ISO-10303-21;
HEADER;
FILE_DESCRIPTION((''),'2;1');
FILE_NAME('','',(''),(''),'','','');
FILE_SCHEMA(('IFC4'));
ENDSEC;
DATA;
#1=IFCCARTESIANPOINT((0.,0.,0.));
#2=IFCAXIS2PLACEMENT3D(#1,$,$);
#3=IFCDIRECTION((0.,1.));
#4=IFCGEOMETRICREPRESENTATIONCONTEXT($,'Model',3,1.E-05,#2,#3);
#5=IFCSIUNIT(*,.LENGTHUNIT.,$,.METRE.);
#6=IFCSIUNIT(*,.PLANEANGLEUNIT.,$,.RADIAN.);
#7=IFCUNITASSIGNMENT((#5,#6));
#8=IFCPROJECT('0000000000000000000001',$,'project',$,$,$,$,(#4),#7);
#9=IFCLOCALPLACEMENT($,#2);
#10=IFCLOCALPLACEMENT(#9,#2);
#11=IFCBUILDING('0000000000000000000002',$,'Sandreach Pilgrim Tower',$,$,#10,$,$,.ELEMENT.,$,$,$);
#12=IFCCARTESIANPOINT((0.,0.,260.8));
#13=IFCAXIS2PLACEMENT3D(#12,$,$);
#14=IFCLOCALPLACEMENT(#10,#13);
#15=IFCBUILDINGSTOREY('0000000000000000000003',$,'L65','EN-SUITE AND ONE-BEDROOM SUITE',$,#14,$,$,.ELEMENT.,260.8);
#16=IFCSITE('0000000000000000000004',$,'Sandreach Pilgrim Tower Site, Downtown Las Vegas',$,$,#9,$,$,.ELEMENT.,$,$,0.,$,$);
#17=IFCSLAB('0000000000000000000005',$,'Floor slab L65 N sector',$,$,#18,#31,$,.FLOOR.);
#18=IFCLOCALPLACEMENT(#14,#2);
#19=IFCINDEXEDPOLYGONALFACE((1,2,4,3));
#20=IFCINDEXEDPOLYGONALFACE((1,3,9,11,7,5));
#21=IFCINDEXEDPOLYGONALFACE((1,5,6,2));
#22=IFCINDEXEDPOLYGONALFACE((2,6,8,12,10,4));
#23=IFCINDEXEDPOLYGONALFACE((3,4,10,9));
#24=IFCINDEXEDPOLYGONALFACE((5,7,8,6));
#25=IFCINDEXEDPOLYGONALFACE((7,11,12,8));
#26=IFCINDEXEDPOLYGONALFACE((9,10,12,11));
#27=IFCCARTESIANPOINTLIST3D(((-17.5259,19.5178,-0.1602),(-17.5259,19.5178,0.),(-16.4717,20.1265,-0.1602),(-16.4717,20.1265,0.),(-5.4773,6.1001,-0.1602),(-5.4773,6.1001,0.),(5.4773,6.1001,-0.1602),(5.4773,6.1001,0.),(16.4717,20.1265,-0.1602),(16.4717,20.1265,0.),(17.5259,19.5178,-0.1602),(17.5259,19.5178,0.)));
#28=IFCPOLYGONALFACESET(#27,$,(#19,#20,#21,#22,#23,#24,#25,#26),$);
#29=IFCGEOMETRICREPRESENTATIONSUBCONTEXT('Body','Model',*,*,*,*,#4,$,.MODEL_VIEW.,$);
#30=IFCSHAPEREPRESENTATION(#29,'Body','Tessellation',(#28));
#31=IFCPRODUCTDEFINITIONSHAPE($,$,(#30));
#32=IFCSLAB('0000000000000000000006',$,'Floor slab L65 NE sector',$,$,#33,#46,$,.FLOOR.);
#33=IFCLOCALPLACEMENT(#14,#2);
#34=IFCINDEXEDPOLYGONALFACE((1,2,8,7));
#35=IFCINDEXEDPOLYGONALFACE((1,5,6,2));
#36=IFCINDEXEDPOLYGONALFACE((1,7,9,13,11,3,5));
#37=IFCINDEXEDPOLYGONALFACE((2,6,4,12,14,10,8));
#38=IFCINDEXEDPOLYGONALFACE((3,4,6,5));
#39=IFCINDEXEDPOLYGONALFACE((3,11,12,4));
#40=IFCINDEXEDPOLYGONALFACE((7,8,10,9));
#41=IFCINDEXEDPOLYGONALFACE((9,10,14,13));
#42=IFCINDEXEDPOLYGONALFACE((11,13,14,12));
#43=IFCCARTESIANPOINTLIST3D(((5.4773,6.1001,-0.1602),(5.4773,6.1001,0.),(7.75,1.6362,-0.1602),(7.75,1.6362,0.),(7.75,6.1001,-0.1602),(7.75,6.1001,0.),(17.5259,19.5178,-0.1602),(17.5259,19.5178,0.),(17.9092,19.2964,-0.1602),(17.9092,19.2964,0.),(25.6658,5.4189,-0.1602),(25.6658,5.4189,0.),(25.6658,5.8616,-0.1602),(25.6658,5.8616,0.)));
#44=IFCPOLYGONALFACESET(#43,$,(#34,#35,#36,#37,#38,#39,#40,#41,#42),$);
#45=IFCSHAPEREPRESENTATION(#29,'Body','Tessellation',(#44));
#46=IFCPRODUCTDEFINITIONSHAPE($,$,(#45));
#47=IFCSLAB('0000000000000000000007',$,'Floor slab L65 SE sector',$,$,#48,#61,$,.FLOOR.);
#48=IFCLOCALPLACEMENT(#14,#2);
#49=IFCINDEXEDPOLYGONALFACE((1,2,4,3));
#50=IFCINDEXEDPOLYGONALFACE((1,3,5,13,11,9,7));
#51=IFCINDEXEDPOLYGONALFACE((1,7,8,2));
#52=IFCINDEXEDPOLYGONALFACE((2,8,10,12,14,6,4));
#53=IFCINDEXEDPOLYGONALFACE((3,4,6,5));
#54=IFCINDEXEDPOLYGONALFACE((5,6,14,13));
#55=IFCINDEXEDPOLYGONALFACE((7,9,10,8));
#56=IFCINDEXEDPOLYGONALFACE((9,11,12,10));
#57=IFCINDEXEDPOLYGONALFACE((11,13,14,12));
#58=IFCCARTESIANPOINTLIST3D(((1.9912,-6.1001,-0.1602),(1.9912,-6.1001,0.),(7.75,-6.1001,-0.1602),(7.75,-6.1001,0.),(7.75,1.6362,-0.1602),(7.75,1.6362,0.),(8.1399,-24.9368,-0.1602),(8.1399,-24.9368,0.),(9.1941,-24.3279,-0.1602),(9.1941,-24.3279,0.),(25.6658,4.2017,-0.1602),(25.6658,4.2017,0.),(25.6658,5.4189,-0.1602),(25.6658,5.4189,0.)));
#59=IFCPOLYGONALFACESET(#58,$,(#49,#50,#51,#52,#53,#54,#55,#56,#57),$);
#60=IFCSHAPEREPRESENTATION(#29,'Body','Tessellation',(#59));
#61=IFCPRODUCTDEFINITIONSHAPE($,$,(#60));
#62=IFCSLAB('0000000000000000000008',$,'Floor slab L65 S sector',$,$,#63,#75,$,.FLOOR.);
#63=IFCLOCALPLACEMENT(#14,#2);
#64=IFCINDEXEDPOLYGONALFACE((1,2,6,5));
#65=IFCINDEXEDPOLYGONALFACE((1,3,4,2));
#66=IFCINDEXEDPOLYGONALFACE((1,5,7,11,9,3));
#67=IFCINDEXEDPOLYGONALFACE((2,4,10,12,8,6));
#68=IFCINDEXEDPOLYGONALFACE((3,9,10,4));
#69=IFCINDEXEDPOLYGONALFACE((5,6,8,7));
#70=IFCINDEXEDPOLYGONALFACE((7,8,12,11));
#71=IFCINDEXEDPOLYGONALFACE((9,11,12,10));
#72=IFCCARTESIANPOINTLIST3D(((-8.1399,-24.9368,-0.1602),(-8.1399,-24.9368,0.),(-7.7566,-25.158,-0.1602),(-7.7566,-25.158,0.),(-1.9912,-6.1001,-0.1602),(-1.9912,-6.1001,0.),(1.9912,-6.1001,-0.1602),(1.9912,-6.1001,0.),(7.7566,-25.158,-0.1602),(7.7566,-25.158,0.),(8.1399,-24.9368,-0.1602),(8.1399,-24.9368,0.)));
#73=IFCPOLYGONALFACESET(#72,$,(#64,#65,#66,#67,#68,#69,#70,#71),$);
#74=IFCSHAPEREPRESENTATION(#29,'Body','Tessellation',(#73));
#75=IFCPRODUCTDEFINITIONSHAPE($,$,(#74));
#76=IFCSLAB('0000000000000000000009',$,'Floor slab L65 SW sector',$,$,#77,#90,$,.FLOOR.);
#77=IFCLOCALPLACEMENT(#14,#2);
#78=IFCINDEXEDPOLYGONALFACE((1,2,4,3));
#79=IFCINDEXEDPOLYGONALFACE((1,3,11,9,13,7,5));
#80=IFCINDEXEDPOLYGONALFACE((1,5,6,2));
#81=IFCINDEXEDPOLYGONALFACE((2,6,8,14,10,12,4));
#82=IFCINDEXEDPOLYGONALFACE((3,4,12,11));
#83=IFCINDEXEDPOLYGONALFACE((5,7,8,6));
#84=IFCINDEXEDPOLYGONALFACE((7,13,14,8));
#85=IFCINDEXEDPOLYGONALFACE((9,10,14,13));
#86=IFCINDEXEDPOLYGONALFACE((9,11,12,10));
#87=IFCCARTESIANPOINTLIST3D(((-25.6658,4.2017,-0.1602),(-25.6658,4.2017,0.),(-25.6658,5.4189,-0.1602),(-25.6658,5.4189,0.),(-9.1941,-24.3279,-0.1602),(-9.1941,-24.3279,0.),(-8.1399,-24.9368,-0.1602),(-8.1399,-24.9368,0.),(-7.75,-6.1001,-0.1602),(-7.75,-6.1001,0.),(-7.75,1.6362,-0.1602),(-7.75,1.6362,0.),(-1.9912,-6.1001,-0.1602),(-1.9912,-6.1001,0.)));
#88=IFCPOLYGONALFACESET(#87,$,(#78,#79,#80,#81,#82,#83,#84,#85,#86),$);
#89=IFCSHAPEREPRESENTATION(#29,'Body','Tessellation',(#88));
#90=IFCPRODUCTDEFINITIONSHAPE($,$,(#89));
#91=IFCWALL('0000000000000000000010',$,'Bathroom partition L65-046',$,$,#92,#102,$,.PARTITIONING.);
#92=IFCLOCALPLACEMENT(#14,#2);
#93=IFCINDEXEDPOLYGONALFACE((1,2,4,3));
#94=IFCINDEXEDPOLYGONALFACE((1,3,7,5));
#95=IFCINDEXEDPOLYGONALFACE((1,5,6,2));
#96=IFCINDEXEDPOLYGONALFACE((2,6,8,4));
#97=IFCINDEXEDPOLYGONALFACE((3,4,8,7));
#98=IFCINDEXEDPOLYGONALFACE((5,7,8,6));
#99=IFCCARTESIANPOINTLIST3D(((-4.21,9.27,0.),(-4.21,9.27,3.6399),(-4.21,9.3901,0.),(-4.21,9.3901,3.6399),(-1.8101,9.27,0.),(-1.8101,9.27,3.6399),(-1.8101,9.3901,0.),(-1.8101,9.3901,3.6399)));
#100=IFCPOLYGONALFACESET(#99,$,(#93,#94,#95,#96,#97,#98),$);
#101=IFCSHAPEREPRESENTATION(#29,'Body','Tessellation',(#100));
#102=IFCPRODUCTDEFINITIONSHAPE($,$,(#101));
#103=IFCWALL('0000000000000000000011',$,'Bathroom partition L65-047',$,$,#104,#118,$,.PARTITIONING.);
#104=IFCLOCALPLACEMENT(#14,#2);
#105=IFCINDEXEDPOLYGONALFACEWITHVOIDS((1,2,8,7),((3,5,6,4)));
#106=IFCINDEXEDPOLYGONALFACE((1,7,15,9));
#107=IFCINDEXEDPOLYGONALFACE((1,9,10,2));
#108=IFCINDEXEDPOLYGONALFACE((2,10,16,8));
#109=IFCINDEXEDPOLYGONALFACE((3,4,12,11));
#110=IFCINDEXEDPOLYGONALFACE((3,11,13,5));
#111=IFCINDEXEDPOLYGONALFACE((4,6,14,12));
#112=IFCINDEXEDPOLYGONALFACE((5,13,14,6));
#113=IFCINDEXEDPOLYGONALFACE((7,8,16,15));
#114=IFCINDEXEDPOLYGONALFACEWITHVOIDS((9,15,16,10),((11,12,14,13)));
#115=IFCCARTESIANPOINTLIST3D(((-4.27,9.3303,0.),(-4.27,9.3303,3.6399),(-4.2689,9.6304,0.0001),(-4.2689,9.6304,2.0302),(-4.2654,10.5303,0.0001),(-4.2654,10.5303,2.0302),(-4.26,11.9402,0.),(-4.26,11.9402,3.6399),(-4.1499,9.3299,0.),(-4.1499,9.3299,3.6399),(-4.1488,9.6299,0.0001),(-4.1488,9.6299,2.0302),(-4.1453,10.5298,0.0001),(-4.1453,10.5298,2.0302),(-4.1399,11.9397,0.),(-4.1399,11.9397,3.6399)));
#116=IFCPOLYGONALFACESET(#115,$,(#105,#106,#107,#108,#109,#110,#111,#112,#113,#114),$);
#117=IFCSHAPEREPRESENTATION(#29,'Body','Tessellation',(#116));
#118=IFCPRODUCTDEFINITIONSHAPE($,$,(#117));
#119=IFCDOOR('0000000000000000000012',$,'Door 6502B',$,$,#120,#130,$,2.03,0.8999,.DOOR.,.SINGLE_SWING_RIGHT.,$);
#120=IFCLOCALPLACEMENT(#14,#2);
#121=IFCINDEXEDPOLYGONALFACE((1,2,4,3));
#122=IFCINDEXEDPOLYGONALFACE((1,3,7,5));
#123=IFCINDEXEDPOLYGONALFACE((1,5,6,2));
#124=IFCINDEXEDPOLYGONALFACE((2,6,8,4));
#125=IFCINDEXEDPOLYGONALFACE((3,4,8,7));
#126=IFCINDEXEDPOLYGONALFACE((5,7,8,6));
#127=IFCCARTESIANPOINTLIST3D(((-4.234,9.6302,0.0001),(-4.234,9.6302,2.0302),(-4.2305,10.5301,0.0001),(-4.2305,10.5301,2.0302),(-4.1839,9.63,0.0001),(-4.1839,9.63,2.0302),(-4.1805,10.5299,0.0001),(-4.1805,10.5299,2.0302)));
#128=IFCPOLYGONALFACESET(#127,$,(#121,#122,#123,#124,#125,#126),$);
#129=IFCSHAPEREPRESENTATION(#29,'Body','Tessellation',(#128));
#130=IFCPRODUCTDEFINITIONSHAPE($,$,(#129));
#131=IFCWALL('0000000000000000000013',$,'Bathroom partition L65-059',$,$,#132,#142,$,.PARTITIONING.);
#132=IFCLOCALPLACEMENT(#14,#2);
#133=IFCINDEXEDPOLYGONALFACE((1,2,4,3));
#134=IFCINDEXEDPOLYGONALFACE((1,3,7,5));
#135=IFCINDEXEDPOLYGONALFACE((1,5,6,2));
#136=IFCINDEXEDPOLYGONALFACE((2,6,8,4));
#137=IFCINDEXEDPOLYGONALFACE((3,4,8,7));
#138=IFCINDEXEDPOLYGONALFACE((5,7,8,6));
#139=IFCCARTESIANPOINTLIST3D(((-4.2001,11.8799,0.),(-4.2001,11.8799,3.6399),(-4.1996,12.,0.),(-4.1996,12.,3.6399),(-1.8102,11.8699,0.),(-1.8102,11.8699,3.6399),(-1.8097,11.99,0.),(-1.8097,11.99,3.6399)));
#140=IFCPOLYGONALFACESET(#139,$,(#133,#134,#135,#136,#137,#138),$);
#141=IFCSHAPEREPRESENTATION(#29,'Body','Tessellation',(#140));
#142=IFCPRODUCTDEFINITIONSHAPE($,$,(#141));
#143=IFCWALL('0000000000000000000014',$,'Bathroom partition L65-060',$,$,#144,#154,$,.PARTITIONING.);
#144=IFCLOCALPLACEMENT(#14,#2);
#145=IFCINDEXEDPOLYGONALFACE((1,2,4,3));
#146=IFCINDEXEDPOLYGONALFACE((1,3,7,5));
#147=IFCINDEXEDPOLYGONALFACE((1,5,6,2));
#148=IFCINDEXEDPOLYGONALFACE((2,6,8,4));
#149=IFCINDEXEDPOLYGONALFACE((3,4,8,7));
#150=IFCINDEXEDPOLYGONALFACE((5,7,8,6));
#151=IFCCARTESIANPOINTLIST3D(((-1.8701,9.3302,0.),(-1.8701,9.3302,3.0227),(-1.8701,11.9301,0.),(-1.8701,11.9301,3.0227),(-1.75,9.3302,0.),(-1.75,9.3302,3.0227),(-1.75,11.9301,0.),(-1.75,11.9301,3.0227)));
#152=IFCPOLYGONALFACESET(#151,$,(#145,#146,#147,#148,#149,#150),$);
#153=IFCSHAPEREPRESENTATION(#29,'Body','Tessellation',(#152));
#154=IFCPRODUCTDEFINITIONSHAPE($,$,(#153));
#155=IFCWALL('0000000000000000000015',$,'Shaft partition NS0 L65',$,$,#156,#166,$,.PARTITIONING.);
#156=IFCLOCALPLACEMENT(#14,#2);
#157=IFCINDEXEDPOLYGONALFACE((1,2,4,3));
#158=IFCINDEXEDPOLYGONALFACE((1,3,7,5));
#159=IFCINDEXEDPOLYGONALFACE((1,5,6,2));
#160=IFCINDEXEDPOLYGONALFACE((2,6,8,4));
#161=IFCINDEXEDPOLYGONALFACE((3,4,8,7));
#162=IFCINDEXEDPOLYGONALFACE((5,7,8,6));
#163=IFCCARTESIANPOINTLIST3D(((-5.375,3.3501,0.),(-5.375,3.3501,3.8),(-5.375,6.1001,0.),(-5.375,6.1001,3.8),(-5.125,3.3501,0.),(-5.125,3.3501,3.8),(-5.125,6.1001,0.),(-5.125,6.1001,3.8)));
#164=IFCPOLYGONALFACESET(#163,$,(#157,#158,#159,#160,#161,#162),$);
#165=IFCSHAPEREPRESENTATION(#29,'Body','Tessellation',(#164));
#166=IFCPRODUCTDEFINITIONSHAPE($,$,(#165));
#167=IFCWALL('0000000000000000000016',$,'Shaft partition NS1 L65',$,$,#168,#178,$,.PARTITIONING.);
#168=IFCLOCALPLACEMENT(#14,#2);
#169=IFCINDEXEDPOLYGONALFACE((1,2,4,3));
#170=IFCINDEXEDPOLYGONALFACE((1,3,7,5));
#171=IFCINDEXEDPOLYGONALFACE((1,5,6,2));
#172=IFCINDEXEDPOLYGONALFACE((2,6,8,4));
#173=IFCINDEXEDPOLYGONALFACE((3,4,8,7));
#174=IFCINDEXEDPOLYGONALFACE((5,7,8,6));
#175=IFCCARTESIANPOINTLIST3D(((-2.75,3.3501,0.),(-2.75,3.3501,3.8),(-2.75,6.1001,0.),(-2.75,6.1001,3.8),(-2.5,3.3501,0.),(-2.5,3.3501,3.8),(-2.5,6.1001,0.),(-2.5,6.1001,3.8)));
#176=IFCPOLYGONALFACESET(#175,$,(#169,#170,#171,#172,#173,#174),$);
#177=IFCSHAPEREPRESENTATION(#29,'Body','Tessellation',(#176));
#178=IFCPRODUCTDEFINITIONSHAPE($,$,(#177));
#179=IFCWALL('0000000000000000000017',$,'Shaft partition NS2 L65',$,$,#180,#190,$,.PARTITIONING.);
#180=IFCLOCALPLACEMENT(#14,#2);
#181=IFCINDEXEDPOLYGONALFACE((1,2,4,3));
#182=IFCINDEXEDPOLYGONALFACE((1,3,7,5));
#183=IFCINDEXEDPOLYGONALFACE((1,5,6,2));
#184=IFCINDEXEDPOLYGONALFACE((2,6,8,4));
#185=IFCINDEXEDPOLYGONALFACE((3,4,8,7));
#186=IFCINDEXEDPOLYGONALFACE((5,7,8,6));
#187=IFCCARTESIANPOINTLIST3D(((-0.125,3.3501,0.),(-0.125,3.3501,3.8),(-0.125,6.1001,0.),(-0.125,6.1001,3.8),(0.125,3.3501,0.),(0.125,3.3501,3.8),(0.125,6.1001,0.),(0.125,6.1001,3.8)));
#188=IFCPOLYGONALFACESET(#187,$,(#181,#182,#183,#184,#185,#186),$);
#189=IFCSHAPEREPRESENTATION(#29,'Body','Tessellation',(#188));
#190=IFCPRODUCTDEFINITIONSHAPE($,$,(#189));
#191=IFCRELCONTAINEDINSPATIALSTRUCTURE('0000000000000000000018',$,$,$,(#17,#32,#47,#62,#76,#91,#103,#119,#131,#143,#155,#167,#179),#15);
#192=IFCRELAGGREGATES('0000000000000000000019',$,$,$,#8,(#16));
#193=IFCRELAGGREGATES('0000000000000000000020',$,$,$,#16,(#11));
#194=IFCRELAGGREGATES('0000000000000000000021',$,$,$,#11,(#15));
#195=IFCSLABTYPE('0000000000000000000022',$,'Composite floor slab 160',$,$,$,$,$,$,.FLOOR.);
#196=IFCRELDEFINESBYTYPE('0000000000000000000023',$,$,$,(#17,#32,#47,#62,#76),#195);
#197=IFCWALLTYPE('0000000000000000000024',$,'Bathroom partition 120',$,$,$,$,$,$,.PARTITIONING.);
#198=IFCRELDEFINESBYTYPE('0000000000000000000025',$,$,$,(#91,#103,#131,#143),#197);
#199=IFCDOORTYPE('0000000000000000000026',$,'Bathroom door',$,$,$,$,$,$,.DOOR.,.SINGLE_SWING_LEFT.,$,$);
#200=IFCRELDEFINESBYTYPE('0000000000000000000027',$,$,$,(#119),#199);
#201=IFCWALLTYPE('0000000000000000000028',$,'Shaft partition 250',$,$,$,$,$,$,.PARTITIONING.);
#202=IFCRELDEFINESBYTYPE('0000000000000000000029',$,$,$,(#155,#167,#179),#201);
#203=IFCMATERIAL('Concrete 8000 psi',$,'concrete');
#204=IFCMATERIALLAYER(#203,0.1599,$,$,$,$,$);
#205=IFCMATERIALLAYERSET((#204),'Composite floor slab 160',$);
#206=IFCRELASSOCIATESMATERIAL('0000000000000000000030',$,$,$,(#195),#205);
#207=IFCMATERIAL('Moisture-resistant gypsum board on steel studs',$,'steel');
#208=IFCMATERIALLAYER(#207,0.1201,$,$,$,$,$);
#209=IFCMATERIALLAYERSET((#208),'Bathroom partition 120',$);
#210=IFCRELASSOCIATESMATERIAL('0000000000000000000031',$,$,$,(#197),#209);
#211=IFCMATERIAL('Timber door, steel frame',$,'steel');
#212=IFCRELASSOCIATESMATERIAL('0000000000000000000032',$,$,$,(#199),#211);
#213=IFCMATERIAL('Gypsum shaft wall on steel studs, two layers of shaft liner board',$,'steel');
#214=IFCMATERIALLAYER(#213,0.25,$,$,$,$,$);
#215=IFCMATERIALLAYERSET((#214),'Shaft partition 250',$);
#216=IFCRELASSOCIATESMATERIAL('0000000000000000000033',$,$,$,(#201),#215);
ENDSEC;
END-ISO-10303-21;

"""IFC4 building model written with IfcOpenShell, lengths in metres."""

from ifc_helpers import new_model, si_unit, direction, frame, frame_2d, origin, place, context, subcontext, project, spatial, polyline, rectangle, outline, extrude, material, layer, layer_set, type_object, element, fill, save


model = new_model("IFC4")

# Units and contexts
model_context = context("Model", 3, precision=1e-05, world=origin(), true_north=direction((0.0, 1.0)))
body_context = subcontext(model_context, "Body", "Model", "MODEL_VIEW")
ifc_project = project(units=[si_unit("LENGTHUNIT", "METRE"), si_unit("PLANEANGLEUNIT", "RADIAN")], contexts=[model_context])

# Site, building, storey
site_placement = place(None, origin())
site = spatial("IfcSite", under=ifc_project, at=site_placement, Name="Sandreach Pilgrim Tower Site, Downtown Las Vegas", CompositionType="ELEMENT", RefElevation=0.0)
building_placement = place(site_placement, origin())
building = spatial("IfcBuilding", under=site, at=building_placement, Name="Sandreach Pilgrim Tower", CompositionType="ELEMENT")
storey_placement = place(building_placement, frame((0.0, 0.0, 260.8)))
storey = spatial("IfcBuildingStorey", under=building, at=storey_placement, Name="L65", Description="EN-SUITE AND ONE-BEDROOM SUITE", CompositionType="ELEMENT", Elevation=260.8)

# Slabs
ifc_material_1 = material(Name="Concrete 8000 psi", Category="concrete")
ifc_layer_1 = layer(ifc_material_1, 0.1599)
ifc_layer_set_1 = layer_set([ifc_layer_1], Name="Composite floor slab 160")
slab_type = type_object("IfcSlabType", Name="Composite floor slab 160", PredefinedType="FLOOR", material=ifc_layer_set_1)
slab_1_placement = place(storey_placement, frame((0.0, 0.0, -0.1602)))
element("IfcSlab", 1, at=slab_1_placement, inside=storey, type_object=slab_type, Name="Floor slab L65 N sector", PredefinedType="FLOOR", context=body_context, shape_type="SweptSolid", body=[
    extrude(outline(polyline([(-16.4717, 20.1265), (16.4717, 20.1265), (17.5259, 19.5178), (5.4773, 6.1001), (-5.4773, 6.1001), (-17.5259, 19.5178), (-16.4717, 20.1265)])), origin(), (0.0, 0.0, 1.0), 0.1602),
])
slab_2_placement = place(storey_placement, frame((0.0, 0.0, -0.1602)))
element("IfcSlab", 2, at=slab_2_placement, inside=storey, type_object=slab_type, Name="Floor slab L65 NE sector", PredefinedType="FLOOR", context=body_context, shape_type="SweptSolid", body=[
    extrude(outline(polyline([(17.9092, 19.2964), (25.6658, 5.8616), (25.6658, 5.4189), (7.75, 1.6362), (7.75, 6.1001), (5.4773, 6.1001), (17.5259, 19.5178), (17.9092, 19.2964)])), origin(), (0.0, 0.0, 1.0), 0.1602),
])
slab_3_placement = place(storey_placement, frame((0.0, 0.0, -0.1602)))
element("IfcSlab", 3, at=slab_3_placement, inside=storey, type_object=slab_type, Name="Floor slab L65 SE sector", PredefinedType="FLOOR", context=body_context, shape_type="SweptSolid", body=[
    extrude(outline(polyline([(25.6658, 4.2017), (9.1941, -24.3279), (8.1399, -24.9368), (1.9912, -6.1001), (7.75, -6.1001), (7.75, 1.6362), (25.6658, 5.4189), (25.6658, 4.2017)])), origin(), (0.0, 0.0, 1.0), 0.1602),
])
slab_4_placement = place(storey_placement, frame((0.0, 0.0, -0.1602)))
element("IfcSlab", 4, at=slab_4_placement, inside=storey, type_object=slab_type, Name="Floor slab L65 S sector", PredefinedType="FLOOR", context=body_context, shape_type="SweptSolid", body=[
    extrude(outline(polyline([(7.7566, -25.158), (-7.7566, -25.158), (-8.1399, -24.9368), (-1.9912, -6.1001), (1.9912, -6.1001), (8.1399, -24.9368), (7.7566, -25.158)])), origin(), (0.0, 0.0, 1.0), 0.1602),
])
slab_5_placement = place(storey_placement, frame((0.0, 0.0, -0.1602)))
element("IfcSlab", 5, at=slab_5_placement, inside=storey, type_object=slab_type, Name="Floor slab L65 SW sector", PredefinedType="FLOOR", context=body_context, shape_type="SweptSolid", body=[
    extrude(outline(polyline([(-9.1941, -24.3279), (-25.6658, 4.2017), (-25.6658, 5.4189), (-7.75, 1.6362), (-7.75, -6.1001), (-1.9912, -6.1001), (-8.1399, -24.9368), (-9.1941, -24.3279)])), origin(), (0.0, 0.0, 1.0), 0.1602),
])

# Wall
ifc_material_2 = material(Name="Moisture-resistant gypsum board on steel studs", Category="steel")
ifc_layer_2 = layer(ifc_material_2, 0.1201)
ifc_layer_set_2 = layer_set([ifc_layer_2], Name="Bathroom partition 120")
wall_type_1 = type_object("IfcWallType", Name="Bathroom partition 120", PredefinedType="PARTITIONING", material=ifc_layer_set_2)
wall_1_placement = place(storey_placement, frame((-4.21, 9.3301, 0.0), z_axis=(0.0, 0.0, 1.0), x_axis=(1.0, 0.0, 0.0)))
element("IfcWall", 6, at=wall_1_placement, inside=storey, type_object=wall_type_1, Name="Bathroom partition L65-046", PredefinedType="PARTITIONING", context=body_context, shape_type="SweptSolid", body=[
    extrude(rectangle(XDim=2.3999, YDim=0.1201, at=frame_2d((1.2, 0.0))), origin(), (0.0, 0.0, 1.0), 3.6399),
])

# Wall, opening, door
wall_2_placement = place(storey_placement, frame((-4.2, 11.9399, 0.0), z_axis=(0.0, 0.0, 1.0), x_axis=(-0.003835, -0.999993, 0.0)))
wall_2 = element("IfcWall", 7, at=wall_2_placement, inside=storey, type_object=wall_type_1, Name="Bathroom partition L65-047", PredefinedType="PARTITIONING", context=body_context, shape_type="SweptSolid", body=[
    extrude(rectangle(XDim=2.6099, YDim=0.1201, at=frame_2d((1.3049, 0.0))), origin(), (0.0, 0.0, 1.0), 3.6399),
])
opening_1_placement = place(wall_2_placement, frame((1.4099, 0.0, 0.0)))
opening_1 = element("IfcOpeningElement", 8, at=opening_1_placement, cuts=wall_2, PredefinedType="OPENING", context=body_context, shape_type="SweptSolid", body=[
    extrude(rectangle(XDim=0.8999, YDim=2.03, at=frame_2d((0.45, 1.0151))), frame((0.0, 0.0601, 0.0), z_axis=(0.0, -1.0, 0.0), x_axis=(1.0, 0.0, 0.0)), (0.0, 0.0, 1.0), 0.1201),
])
ifc_material_3 = material(Name="Timber door, steel frame", Category="steel")
door_type_1 = type_object("IfcDoorType", Name="Bathroom door", OperationType="SINGLE_SWING_LEFT", PredefinedType="DOOR", material=ifc_material_3)
door_1_placement = place(opening_1_placement, origin())
door_1 = element("IfcDoor", 9, at=door_1_placement, inside=storey, type_object=door_type_1, Name="Door 6502B", OperationType="SINGLE_SWING_RIGHT", OverallHeight=2.03, OverallWidth=0.8999, PredefinedType="DOOR", context=body_context, shape_type="SweptSolid", body=[
    extrude(rectangle(XDim=0.8999, YDim=2.03, at=frame_2d((0.45, 1.0151))), frame((0.0, 0.0249, 0.0), z_axis=(0.0, -1.0, 0.0), x_axis=(1.0, 0.0, 0.0)), (0.0, 0.0, 1.0), 0.05),
])
fill(opening_1, door_1)

# Walls
wall_3_placement = place(storey_placement, frame((-1.8101, 11.9299, 0.0), z_axis=(0.0, 0.0, 1.0), x_axis=(-0.999991, 0.004188, 0.0)))
element("IfcWall", 10, at=wall_3_placement, inside=storey, type_object=wall_type_1, Name="Bathroom partition L65-059", PredefinedType="PARTITIONING", context=body_context, shape_type="SweptSolid", body=[
    extrude(rectangle(XDim=2.3899, YDim=0.1201, at=frame_2d((1.1948, 0.0))), origin(), (0.0, 0.0, 1.0), 3.6399),
])
wall_4_placement = place(storey_placement, frame((-1.8101, 11.9299, 0.0), z_axis=(0.0, 0.0, 1.0), x_axis=(0.0, -1.0, 0.0)))
element("IfcWall", 11, at=wall_4_placement, inside=storey, type_object=wall_type_1, Name="Bathroom partition L65-060", PredefinedType="PARTITIONING", context=body_context, shape_type="SweptSolid", body=[
    extrude(rectangle(XDim=2.5999, YDim=0.1201, at=frame_2d((1.2998, 0.0))), origin(), (0.0, 0.0, 1.0), 3.0227),
])

# Walls
ifc_material_4 = material(Name="Gypsum shaft wall on steel studs, two layers of shaft liner board", Category="steel")
ifc_layer_3 = layer(ifc_material_4, 0.25)
ifc_layer_set_3 = layer_set([ifc_layer_3], Name="Shaft partition 250")
wall_type_2 = type_object("IfcWallType", Name="Shaft partition 250", PredefinedType="PARTITIONING", material=ifc_layer_set_3)
for number, where, z_axis, x_axis, name in (
    (12, (-5.25, 3.3501, 0.0), (0.0, 0.0, 1.0), (0.0, 1.0, 0.0), "Shaft partition NS0 L65"),
    (13, (-2.625, 3.3501, 0.0), (0.0, 0.0, 1.0), (0.0, 1.0, 0.0), "Shaft partition NS1 L65"),
    (14, (0.0, 3.3501, 0.0), (0.0, 0.0, 1.0), (0.0, 1.0, 0.0), "Shaft partition NS2 L65"),
):
    element("IfcWall", number, at=place(storey_placement, frame(where, z_axis=z_axis, x_axis=x_axis)), inside=storey, type_object=wall_type_2, Name=name, PredefinedType="PARTITIONING", context=body_context, shape_type="SweptSolid", body=[
        extrude(rectangle(XDim=2.75, YDim=0.25, at=frame_2d((1.375, 0.0))), origin(), (0.0, 0.0, 1.0), 3.8),
    ])

save(model, "model.ifc")
